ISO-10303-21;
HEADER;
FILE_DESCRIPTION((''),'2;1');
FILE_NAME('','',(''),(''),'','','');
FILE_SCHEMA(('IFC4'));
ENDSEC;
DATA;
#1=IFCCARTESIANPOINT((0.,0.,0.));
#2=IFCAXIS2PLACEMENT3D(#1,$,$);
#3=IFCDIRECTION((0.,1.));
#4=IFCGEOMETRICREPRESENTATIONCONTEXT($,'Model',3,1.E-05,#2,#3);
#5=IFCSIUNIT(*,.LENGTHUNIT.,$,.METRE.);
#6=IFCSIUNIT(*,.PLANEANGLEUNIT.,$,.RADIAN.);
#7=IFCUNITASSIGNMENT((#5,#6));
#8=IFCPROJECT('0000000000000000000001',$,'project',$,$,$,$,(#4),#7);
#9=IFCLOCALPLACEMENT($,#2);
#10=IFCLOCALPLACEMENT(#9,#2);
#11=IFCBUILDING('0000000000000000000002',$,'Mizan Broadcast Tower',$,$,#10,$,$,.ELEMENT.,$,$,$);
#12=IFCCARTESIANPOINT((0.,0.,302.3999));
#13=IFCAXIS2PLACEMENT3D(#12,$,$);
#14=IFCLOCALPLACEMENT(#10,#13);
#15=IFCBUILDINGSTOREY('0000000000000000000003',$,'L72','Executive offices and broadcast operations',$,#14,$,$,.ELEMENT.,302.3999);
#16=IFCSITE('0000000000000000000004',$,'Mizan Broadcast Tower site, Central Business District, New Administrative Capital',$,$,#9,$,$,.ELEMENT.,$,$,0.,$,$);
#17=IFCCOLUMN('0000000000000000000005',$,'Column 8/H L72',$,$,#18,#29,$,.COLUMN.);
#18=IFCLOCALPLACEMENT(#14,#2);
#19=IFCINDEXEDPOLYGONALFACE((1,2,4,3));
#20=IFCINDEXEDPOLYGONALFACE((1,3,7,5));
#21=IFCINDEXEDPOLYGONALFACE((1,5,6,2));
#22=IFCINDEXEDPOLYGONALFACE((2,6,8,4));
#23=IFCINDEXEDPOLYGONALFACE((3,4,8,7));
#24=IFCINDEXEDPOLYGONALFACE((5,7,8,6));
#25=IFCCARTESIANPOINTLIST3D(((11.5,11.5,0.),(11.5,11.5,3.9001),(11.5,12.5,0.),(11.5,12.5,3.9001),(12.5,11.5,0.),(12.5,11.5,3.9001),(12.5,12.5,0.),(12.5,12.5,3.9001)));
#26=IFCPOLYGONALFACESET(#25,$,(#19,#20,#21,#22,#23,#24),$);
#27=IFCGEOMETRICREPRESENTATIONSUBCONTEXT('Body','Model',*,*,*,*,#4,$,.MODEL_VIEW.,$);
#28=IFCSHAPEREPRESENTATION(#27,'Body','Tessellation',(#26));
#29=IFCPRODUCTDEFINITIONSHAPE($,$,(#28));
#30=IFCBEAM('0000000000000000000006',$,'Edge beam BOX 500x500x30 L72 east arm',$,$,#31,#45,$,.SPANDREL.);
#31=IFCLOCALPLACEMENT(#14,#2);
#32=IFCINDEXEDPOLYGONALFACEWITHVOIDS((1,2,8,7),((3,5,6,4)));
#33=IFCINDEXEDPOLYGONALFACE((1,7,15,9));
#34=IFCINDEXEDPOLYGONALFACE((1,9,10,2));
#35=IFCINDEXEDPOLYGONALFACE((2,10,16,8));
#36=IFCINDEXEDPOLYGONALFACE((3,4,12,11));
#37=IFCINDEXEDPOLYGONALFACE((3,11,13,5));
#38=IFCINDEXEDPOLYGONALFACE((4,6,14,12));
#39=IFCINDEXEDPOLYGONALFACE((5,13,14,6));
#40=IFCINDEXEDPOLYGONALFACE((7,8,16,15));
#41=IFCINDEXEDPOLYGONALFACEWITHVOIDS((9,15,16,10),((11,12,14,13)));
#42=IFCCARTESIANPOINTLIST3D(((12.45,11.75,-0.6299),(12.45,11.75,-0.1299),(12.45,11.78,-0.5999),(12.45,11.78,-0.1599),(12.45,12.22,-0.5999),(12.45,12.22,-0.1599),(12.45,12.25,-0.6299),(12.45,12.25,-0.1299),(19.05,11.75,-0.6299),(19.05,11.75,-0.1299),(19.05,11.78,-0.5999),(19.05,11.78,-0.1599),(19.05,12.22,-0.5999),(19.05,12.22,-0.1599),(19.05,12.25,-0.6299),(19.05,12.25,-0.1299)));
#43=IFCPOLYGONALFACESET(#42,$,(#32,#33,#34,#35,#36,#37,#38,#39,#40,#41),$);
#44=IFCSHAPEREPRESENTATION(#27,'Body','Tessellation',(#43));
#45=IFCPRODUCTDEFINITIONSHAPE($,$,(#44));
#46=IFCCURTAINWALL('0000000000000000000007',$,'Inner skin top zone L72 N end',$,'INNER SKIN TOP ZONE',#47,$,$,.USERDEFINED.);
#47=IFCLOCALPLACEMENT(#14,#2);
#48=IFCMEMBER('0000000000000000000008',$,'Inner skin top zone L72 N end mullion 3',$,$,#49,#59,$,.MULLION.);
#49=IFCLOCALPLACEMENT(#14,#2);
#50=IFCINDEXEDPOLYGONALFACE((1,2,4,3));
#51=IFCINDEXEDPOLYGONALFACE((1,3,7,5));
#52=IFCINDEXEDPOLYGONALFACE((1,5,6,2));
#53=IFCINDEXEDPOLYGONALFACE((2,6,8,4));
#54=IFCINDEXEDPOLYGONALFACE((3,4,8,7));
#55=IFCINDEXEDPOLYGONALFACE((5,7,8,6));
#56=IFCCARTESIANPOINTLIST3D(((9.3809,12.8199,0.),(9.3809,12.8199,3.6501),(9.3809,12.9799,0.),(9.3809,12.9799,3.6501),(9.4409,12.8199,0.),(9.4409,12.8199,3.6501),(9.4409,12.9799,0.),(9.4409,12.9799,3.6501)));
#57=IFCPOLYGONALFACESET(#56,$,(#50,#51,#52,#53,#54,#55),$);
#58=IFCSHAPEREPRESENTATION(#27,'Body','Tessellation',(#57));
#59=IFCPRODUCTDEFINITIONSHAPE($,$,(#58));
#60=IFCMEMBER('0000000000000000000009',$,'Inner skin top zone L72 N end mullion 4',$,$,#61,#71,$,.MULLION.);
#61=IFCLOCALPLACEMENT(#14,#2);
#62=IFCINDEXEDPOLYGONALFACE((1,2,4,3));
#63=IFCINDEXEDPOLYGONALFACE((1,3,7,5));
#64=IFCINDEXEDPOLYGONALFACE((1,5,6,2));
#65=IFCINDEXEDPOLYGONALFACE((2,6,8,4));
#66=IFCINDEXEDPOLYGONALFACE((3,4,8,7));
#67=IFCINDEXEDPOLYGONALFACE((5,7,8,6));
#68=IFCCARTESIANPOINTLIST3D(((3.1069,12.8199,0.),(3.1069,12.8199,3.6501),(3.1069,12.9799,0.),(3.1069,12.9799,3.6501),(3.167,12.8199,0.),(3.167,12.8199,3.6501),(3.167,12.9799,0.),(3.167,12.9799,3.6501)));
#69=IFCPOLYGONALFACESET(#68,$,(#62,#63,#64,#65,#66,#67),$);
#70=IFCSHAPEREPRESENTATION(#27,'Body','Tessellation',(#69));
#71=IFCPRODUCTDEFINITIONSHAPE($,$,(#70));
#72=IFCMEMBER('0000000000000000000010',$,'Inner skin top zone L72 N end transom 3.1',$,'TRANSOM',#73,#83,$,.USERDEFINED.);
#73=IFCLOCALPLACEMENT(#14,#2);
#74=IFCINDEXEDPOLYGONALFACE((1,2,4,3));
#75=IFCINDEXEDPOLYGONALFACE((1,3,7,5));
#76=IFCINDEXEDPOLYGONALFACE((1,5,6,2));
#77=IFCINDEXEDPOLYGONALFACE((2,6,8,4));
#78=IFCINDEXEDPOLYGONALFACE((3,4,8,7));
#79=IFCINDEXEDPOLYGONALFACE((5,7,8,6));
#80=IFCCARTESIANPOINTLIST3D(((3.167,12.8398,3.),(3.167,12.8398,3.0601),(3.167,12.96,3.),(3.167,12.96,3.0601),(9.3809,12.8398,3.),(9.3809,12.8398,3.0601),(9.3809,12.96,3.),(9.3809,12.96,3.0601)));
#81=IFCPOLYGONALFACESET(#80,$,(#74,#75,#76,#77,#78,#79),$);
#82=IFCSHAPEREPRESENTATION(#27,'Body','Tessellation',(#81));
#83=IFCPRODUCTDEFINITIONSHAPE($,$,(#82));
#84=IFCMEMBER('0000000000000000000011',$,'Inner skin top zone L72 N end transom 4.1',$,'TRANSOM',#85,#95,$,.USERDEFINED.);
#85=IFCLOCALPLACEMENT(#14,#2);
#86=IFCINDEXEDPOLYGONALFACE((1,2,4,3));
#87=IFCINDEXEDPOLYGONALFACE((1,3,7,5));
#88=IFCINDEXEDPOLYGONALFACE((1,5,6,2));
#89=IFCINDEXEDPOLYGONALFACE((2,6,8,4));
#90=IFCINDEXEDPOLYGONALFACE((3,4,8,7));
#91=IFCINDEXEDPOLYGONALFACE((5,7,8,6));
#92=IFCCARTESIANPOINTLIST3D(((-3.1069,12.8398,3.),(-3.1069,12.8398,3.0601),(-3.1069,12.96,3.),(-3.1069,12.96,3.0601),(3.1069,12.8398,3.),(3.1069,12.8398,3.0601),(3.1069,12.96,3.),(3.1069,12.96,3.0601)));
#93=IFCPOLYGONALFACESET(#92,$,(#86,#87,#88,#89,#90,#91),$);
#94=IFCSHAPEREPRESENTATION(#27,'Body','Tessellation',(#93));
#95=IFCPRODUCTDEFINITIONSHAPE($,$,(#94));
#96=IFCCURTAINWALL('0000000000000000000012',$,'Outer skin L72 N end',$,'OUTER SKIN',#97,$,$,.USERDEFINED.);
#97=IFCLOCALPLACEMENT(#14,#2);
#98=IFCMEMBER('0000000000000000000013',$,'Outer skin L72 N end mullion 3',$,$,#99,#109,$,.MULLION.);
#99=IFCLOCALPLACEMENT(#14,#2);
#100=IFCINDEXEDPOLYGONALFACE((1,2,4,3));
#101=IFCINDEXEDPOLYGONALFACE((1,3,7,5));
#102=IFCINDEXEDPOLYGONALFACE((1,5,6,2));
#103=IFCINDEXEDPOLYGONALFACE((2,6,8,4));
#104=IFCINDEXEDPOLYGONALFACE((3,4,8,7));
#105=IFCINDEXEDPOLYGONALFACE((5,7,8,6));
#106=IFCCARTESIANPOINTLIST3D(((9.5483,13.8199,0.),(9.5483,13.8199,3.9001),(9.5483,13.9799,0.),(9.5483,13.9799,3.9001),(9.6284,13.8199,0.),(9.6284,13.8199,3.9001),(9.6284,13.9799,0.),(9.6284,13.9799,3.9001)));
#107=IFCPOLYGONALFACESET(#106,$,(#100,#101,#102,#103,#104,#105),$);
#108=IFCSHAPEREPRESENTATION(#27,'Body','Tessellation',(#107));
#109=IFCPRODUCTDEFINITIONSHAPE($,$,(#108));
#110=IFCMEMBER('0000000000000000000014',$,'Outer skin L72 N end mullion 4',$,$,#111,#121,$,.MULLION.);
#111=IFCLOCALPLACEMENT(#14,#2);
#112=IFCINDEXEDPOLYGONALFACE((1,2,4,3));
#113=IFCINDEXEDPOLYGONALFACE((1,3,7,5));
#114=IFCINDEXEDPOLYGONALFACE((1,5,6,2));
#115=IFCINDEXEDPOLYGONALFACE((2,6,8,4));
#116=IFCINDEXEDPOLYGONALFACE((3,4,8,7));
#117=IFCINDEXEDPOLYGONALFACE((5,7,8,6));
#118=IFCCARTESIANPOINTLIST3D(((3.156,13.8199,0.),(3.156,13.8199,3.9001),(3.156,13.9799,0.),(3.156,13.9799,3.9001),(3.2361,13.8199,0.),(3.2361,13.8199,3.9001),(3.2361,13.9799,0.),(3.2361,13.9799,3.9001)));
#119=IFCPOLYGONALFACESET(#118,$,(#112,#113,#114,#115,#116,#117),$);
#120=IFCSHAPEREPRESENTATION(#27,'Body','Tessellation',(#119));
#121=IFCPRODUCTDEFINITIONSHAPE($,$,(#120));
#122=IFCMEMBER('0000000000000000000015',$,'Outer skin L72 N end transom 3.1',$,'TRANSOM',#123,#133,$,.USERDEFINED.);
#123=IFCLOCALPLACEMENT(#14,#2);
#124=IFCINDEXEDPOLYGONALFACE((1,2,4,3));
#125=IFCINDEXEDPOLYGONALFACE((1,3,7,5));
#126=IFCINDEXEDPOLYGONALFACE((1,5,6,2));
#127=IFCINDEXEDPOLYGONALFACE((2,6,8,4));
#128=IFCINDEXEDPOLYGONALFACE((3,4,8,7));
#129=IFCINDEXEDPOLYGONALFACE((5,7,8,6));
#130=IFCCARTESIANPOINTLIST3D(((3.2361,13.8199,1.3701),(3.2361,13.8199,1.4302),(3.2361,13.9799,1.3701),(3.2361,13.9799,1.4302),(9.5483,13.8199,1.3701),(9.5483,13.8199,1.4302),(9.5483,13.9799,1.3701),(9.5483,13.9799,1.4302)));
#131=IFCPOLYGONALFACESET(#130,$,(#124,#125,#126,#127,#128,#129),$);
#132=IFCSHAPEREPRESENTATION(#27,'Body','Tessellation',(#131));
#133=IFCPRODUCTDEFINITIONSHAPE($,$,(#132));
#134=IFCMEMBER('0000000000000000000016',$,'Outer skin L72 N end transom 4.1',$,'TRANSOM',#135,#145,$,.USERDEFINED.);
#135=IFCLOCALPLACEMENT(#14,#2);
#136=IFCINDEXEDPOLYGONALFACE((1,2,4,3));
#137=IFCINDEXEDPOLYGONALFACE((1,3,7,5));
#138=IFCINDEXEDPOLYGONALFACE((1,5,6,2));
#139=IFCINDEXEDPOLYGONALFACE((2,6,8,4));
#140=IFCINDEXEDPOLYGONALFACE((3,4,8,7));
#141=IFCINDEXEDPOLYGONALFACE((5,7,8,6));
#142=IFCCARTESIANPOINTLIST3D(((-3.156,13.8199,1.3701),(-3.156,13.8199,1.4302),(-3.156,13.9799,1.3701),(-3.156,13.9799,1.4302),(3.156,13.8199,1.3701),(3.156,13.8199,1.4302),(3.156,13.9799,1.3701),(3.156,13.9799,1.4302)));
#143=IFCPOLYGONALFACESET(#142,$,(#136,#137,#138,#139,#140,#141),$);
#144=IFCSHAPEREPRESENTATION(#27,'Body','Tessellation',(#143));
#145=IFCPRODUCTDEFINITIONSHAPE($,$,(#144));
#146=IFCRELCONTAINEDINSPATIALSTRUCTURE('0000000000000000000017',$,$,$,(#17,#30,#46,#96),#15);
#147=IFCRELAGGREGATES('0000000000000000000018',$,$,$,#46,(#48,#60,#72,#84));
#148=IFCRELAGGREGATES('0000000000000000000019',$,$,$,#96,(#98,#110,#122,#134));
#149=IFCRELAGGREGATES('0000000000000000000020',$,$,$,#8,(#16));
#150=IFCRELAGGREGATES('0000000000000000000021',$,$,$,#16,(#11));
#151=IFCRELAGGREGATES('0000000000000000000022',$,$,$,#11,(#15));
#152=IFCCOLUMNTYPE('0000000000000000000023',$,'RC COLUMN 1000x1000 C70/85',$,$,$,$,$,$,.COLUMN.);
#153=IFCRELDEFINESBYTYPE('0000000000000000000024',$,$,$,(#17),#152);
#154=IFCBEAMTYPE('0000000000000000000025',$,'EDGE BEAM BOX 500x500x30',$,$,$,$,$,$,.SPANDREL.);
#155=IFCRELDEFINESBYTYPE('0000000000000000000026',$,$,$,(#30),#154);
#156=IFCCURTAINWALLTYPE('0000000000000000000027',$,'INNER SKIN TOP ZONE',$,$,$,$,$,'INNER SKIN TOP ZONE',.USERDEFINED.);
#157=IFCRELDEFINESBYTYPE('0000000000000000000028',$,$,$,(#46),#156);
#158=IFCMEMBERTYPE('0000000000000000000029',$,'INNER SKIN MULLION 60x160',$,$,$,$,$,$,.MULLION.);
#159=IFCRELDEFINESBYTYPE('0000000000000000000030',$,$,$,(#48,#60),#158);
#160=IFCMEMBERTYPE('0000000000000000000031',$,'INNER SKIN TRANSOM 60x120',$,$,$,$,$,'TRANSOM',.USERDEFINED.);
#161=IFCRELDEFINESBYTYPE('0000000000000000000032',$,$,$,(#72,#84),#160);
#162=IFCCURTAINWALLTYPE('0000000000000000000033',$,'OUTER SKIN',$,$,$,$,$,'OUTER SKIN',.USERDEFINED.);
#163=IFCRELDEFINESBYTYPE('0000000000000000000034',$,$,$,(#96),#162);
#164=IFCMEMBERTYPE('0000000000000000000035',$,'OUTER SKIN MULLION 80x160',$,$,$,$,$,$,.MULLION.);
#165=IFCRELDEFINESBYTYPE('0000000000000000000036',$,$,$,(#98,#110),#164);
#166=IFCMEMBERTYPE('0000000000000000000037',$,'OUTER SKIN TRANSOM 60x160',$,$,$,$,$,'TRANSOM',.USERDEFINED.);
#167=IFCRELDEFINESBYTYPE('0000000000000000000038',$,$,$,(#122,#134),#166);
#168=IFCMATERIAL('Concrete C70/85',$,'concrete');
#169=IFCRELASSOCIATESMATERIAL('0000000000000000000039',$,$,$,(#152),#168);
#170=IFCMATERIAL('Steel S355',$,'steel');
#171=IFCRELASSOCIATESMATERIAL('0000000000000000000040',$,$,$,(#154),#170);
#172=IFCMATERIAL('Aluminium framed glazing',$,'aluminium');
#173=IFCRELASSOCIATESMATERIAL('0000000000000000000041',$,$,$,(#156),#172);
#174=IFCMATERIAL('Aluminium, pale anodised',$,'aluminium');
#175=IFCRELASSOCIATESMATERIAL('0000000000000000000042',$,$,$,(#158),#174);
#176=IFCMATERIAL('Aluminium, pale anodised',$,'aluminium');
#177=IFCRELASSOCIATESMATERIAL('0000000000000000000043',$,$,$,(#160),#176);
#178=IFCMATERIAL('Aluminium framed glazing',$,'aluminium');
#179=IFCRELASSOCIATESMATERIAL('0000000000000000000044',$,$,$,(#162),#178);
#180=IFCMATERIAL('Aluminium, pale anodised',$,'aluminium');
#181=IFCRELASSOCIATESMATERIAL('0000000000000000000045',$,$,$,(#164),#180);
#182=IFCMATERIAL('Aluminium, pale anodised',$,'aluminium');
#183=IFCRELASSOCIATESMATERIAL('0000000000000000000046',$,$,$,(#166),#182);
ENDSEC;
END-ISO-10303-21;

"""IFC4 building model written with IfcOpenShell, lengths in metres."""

from ifc_helpers import new_model, si_unit, direction, frame, origin, origin_2d, place, context, subcontext, project, spatial, rectangle, hollow_rectangle, extrude, material, material_profile, profile_set, type_object, element, aggregate, save


model = new_model("IFC4")

# Units and contexts
model_context = context("Model", 3, precision=1e-05, world=origin(), true_north=direction((0.0, 1.0)))
body_context = subcontext(model_context, "Body", "Model", "MODEL_VIEW")
ifc_project = project(units=[si_unit("LENGTHUNIT", "METRE"), si_unit("PLANEANGLEUNIT", "RADIAN")], contexts=[model_context])

# Site, building, storey
site_placement = place(None, origin())
site = spatial("IfcSite", under=ifc_project, at=site_placement, Name="Mizan Broadcast Tower site, Central Business District, New Administrative Capital", CompositionType="ELEMENT", RefElevation=0.0)
building_placement = place(site_placement, origin())
building = spatial("IfcBuilding", under=site, at=building_placement, Name="Mizan Broadcast Tower", CompositionType="ELEMENT")
storey_placement = place(building_placement, frame((0.0, 0.0, 302.3999)))
storey = spatial("IfcBuildingStorey", under=building, at=storey_placement, Name="L72", Description="Executive offices and broadcast operations", CompositionType="ELEMENT", Elevation=302.3999)

# Column
ifc_material_1 = material(Name="Concrete C70/85", Category="concrete")
ifc_material_profile_1 = material_profile(ifc_material_1, rectangle(XDim=1.0, YDim=1.0, at=origin_2d()), Name="RC 1000x1000")
ifc_profile_set_1 = profile_set([ifc_material_profile_1], Name="Concrete C70/85")
column_type = type_object("IfcColumnType", Name="RC COLUMN 1000x1000 C70/85", PredefinedType="COLUMN", material=ifc_profile_set_1)
column_placement = place(storey_placement, frame((12.0, 12.0, 0.0), z_axis=(0.0, 0.0, 1.0), x_axis=(1.0, 0.0, 0.0)))
element("IfcColumn", 1, at=column_placement, inside=storey, type_object=column_type, Name="Column 8/H L72", PredefinedType="COLUMN", context=body_context, shape_type="SweptSolid", body=[
    extrude(rectangle(XDim=1.0, YDim=1.0, at=origin_2d()), origin(), (0.0, 0.0, 1.0), 3.9001),
])

# Beam
ifc_material_2 = material(Name="Steel S355", Category="steel")
ifc_material_profile_2 = material_profile(ifc_material_2, hollow_rectangle(XDim=0.5, YDim=0.5, WallThickness=0.03, at=origin_2d()), Name="BOX 500x500x30")
ifc_profile_set_2 = profile_set([ifc_material_profile_2], Name="Steel S355")
beam_type_1 = type_object("IfcBeamType", Name="EDGE BEAM BOX 500x500x30", PredefinedType="SPANDREL", material=ifc_profile_set_2)
beam_1_placement = place(storey_placement, frame((12.45, 12.0, -0.3799), z_axis=(1.0, 0.0, 0.0), x_axis=(0.0, 1.0, 0.0)))
element("IfcBeam", 2, at=beam_1_placement, inside=storey, type_object=beam_type_1, Name="Edge beam BOX 500x500x30 L72 east arm", PredefinedType="SPANDREL", context=body_context, shape_type="SweptSolid", body=[
    extrude(hollow_rectangle(XDim=0.5, YDim=0.5, WallThickness=0.03, at=origin_2d()), origin(), (0.0, 0.0, 1.0), 6.6001),
])

# Curtain walls, members
ifc_material_3 = material(Name="Aluminium framed glazing", Category="aluminium")
curtain_wall_type_1 = type_object("IfcCurtainWallType", Name="INNER SKIN TOP ZONE", ElementType="INNER SKIN TOP ZONE", PredefinedType="USERDEFINED", material=ifc_material_3)
curtain_wall_1_placement = place(storey_placement, origin())
curtain_wall_1 = element("IfcCurtainWall", 3, at=curtain_wall_1_placement, inside=storey, type_object=curtain_wall_type_1, Name="Inner skin top zone L72 N end", ObjectType="INNER SKIN TOP ZONE", PredefinedType="USERDEFINED")
ifc_material_4 = material(Name="Aluminium, pale anodised", Category="aluminium")
ifc_material_profile_3 = material_profile(ifc_material_4, rectangle(XDim=0.1599, YDim=0.0601, at=origin_2d()), Name="MULLION 160x60")
ifc_profile_set_3 = profile_set([ifc_material_profile_3], Name="Aluminium, pale anodised")
member_type_1 = type_object("IfcMemberType", Name="INNER SKIN MULLION 60x160", PredefinedType="MULLION", material=ifc_profile_set_3)
member_1_placement = place(storey_placement, frame((9.4109, 12.8999, 0.0), z_axis=(0.0, 0.0, 1.0), x_axis=(0.0, -1.0, 0.0)))
member_1 = element("IfcMember", 4, at=member_1_placement, type_object=member_type_1, Name="Inner skin top zone L72 N end mullion 3", PredefinedType="MULLION", context=body_context, shape_type="SweptSolid", body=[
    extrude(rectangle(XDim=0.1599, YDim=0.0601, at=origin_2d()), origin(), (0.0, 0.0, 1.0), 3.6501),
])
member_2_placement = place(storey_placement, frame((3.137, 12.8999, 0.0), z_axis=(0.0, 0.0, 1.0), x_axis=(0.0, -1.0, 0.0)))
member_2 = element("IfcMember", 5, at=member_2_placement, type_object=member_type_1, Name="Inner skin top zone L72 N end mullion 4", PredefinedType="MULLION", context=body_context, shape_type="SweptSolid", body=[
    extrude(rectangle(XDim=0.1599, YDim=0.0601, at=origin_2d()), origin(), (0.0, 0.0, 1.0), 3.6501),
])
ifc_material_5 = material(Name="Aluminium, pale anodised", Category="aluminium")
ifc_material_profile_4 = material_profile(ifc_material_5, rectangle(XDim=0.1201, YDim=0.0601, at=origin_2d()), Name="TRANSOM 120x60")
ifc_profile_set_4 = profile_set([ifc_material_profile_4], Name="Aluminium, pale anodised")
member_type_2 = type_object("IfcMemberType", Name="INNER SKIN TRANSOM 60x120", ElementType="TRANSOM", PredefinedType="USERDEFINED", material=ifc_profile_set_4)
member_3_placement = place(storey_placement, frame((9.3809, 12.8999, 3.03), z_axis=(-1.0, 0.0, 0.0), x_axis=(0.0, -1.0, 0.0)))
member_3 = element("IfcMember", 6, at=member_3_placement, type_object=member_type_2, Name="Inner skin top zone L72 N end transom 3.1", ObjectType="TRANSOM", PredefinedType="USERDEFINED", context=body_context, shape_type="SweptSolid", body=[
    extrude(rectangle(XDim=0.1201, YDim=0.0601, at=origin_2d()), origin(), (0.0, 0.0, 1.0), 6.2139),
])
member_4_placement = place(storey_placement, frame((3.1069, 12.8999, 3.03), z_axis=(-1.0, 0.0, 0.0), x_axis=(0.0, -1.0, 0.0)))
member_4 = element("IfcMember", 7, at=member_4_placement, type_object=member_type_2, Name="Inner skin top zone L72 N end transom 4.1", ObjectType="TRANSOM", PredefinedType="USERDEFINED", context=body_context, shape_type="SweptSolid", body=[
    extrude(rectangle(XDim=0.1201, YDim=0.0601, at=origin_2d()), origin(), (0.0, 0.0, 1.0), 6.2139),
])
ifc_material_6 = material(Name="Aluminium framed glazing", Category="aluminium")
curtain_wall_type_2 = type_object("IfcCurtainWallType", Name="OUTER SKIN", ElementType="OUTER SKIN", PredefinedType="USERDEFINED", material=ifc_material_6)
curtain_wall_2_placement = place(storey_placement, origin())
curtain_wall_2 = element("IfcCurtainWall", 8, at=curtain_wall_2_placement, inside=storey, type_object=curtain_wall_type_2, Name="Outer skin L72 N end", ObjectType="OUTER SKIN", PredefinedType="USERDEFINED")
ifc_material_7 = material(Name="Aluminium, pale anodised", Category="aluminium")
ifc_material_profile_5 = material_profile(ifc_material_7, rectangle(XDim=0.1599, YDim=0.0801, at=origin_2d()), Name="MULLION 160x80")
ifc_profile_set_5 = profile_set([ifc_material_profile_5], Name="Aluminium, pale anodised")
member_type_3 = type_object("IfcMemberType", Name="OUTER SKIN MULLION 80x160", PredefinedType="MULLION", material=ifc_profile_set_5)
member_5_placement = place(storey_placement, frame((9.5884, 13.8999, 0.0), z_axis=(0.0, 0.0, 1.0), x_axis=(0.0, -1.0, 0.0)))
member_5 = element("IfcMember", 9, at=member_5_placement, type_object=member_type_3, Name="Outer skin L72 N end mullion 3", PredefinedType="MULLION", context=body_context, shape_type="SweptSolid", body=[
    extrude(rectangle(XDim=0.1599, YDim=0.0801, at=origin_2d()), origin(), (0.0, 0.0, 1.0), 3.9001),
])
member_6_placement = place(storey_placement, frame((3.196, 13.8999, 0.0), z_axis=(0.0, 0.0, 1.0), x_axis=(0.0, -1.0, 0.0)))
member_6 = element("IfcMember", 10, at=member_6_placement, type_object=member_type_3, Name="Outer skin L72 N end mullion 4", PredefinedType="MULLION", context=body_context, shape_type="SweptSolid", body=[
    extrude(rectangle(XDim=0.1599, YDim=0.0801, at=origin_2d()), origin(), (0.0, 0.0, 1.0), 3.9001),
])
ifc_material_8 = material(Name="Aluminium, pale anodised", Category="aluminium")
ifc_material_profile_6 = material_profile(ifc_material_8, rectangle(XDim=0.1599, YDim=0.0601, at=origin_2d()), Name="TRANSOM 160x60")
ifc_profile_set_6 = profile_set([ifc_material_profile_6], Name="Aluminium, pale anodised")
member_type_4 = type_object("IfcMemberType", Name="OUTER SKIN TRANSOM 60x160", ElementType="TRANSOM", PredefinedType="USERDEFINED", material=ifc_profile_set_6)
member_7_placement = place(storey_placement, frame((9.5483, 13.8999, 1.4001), z_axis=(-1.0, 0.0, 0.0), x_axis=(0.0, -1.0, 0.0)))
member_7 = element("IfcMember", 11, at=member_7_placement, type_object=member_type_4, Name="Outer skin L72 N end transom 3.1", ObjectType="TRANSOM", PredefinedType="USERDEFINED", context=body_context, shape_type="SweptSolid", body=[
    extrude(rectangle(XDim=0.1599, YDim=0.0601, at=origin_2d()), origin(), (0.0, 0.0, 1.0), 6.3123),
])
member_8_placement = place(storey_placement, frame((3.156, 13.8999, 1.4001), z_axis=(-1.0, 0.0, 0.0), x_axis=(0.0, -1.0, 0.0)))
member_8 = element("IfcMember", 12, at=member_8_placement, type_object=member_type_4, Name="Outer skin L72 N end transom 4.1", ObjectType="TRANSOM", PredefinedType="USERDEFINED", context=body_context, shape_type="SweptSolid", body=[
    extrude(rectangle(XDim=0.1599, YDim=0.0601, at=origin_2d()), origin(), (0.0, 0.0, 1.0), 6.312),
])

aggregate(curtain_wall_1, [member_1, member_2, member_3, member_4])
aggregate(curtain_wall_2, [member_5, member_6, member_7, member_8])

save(model, "model.ifc")
